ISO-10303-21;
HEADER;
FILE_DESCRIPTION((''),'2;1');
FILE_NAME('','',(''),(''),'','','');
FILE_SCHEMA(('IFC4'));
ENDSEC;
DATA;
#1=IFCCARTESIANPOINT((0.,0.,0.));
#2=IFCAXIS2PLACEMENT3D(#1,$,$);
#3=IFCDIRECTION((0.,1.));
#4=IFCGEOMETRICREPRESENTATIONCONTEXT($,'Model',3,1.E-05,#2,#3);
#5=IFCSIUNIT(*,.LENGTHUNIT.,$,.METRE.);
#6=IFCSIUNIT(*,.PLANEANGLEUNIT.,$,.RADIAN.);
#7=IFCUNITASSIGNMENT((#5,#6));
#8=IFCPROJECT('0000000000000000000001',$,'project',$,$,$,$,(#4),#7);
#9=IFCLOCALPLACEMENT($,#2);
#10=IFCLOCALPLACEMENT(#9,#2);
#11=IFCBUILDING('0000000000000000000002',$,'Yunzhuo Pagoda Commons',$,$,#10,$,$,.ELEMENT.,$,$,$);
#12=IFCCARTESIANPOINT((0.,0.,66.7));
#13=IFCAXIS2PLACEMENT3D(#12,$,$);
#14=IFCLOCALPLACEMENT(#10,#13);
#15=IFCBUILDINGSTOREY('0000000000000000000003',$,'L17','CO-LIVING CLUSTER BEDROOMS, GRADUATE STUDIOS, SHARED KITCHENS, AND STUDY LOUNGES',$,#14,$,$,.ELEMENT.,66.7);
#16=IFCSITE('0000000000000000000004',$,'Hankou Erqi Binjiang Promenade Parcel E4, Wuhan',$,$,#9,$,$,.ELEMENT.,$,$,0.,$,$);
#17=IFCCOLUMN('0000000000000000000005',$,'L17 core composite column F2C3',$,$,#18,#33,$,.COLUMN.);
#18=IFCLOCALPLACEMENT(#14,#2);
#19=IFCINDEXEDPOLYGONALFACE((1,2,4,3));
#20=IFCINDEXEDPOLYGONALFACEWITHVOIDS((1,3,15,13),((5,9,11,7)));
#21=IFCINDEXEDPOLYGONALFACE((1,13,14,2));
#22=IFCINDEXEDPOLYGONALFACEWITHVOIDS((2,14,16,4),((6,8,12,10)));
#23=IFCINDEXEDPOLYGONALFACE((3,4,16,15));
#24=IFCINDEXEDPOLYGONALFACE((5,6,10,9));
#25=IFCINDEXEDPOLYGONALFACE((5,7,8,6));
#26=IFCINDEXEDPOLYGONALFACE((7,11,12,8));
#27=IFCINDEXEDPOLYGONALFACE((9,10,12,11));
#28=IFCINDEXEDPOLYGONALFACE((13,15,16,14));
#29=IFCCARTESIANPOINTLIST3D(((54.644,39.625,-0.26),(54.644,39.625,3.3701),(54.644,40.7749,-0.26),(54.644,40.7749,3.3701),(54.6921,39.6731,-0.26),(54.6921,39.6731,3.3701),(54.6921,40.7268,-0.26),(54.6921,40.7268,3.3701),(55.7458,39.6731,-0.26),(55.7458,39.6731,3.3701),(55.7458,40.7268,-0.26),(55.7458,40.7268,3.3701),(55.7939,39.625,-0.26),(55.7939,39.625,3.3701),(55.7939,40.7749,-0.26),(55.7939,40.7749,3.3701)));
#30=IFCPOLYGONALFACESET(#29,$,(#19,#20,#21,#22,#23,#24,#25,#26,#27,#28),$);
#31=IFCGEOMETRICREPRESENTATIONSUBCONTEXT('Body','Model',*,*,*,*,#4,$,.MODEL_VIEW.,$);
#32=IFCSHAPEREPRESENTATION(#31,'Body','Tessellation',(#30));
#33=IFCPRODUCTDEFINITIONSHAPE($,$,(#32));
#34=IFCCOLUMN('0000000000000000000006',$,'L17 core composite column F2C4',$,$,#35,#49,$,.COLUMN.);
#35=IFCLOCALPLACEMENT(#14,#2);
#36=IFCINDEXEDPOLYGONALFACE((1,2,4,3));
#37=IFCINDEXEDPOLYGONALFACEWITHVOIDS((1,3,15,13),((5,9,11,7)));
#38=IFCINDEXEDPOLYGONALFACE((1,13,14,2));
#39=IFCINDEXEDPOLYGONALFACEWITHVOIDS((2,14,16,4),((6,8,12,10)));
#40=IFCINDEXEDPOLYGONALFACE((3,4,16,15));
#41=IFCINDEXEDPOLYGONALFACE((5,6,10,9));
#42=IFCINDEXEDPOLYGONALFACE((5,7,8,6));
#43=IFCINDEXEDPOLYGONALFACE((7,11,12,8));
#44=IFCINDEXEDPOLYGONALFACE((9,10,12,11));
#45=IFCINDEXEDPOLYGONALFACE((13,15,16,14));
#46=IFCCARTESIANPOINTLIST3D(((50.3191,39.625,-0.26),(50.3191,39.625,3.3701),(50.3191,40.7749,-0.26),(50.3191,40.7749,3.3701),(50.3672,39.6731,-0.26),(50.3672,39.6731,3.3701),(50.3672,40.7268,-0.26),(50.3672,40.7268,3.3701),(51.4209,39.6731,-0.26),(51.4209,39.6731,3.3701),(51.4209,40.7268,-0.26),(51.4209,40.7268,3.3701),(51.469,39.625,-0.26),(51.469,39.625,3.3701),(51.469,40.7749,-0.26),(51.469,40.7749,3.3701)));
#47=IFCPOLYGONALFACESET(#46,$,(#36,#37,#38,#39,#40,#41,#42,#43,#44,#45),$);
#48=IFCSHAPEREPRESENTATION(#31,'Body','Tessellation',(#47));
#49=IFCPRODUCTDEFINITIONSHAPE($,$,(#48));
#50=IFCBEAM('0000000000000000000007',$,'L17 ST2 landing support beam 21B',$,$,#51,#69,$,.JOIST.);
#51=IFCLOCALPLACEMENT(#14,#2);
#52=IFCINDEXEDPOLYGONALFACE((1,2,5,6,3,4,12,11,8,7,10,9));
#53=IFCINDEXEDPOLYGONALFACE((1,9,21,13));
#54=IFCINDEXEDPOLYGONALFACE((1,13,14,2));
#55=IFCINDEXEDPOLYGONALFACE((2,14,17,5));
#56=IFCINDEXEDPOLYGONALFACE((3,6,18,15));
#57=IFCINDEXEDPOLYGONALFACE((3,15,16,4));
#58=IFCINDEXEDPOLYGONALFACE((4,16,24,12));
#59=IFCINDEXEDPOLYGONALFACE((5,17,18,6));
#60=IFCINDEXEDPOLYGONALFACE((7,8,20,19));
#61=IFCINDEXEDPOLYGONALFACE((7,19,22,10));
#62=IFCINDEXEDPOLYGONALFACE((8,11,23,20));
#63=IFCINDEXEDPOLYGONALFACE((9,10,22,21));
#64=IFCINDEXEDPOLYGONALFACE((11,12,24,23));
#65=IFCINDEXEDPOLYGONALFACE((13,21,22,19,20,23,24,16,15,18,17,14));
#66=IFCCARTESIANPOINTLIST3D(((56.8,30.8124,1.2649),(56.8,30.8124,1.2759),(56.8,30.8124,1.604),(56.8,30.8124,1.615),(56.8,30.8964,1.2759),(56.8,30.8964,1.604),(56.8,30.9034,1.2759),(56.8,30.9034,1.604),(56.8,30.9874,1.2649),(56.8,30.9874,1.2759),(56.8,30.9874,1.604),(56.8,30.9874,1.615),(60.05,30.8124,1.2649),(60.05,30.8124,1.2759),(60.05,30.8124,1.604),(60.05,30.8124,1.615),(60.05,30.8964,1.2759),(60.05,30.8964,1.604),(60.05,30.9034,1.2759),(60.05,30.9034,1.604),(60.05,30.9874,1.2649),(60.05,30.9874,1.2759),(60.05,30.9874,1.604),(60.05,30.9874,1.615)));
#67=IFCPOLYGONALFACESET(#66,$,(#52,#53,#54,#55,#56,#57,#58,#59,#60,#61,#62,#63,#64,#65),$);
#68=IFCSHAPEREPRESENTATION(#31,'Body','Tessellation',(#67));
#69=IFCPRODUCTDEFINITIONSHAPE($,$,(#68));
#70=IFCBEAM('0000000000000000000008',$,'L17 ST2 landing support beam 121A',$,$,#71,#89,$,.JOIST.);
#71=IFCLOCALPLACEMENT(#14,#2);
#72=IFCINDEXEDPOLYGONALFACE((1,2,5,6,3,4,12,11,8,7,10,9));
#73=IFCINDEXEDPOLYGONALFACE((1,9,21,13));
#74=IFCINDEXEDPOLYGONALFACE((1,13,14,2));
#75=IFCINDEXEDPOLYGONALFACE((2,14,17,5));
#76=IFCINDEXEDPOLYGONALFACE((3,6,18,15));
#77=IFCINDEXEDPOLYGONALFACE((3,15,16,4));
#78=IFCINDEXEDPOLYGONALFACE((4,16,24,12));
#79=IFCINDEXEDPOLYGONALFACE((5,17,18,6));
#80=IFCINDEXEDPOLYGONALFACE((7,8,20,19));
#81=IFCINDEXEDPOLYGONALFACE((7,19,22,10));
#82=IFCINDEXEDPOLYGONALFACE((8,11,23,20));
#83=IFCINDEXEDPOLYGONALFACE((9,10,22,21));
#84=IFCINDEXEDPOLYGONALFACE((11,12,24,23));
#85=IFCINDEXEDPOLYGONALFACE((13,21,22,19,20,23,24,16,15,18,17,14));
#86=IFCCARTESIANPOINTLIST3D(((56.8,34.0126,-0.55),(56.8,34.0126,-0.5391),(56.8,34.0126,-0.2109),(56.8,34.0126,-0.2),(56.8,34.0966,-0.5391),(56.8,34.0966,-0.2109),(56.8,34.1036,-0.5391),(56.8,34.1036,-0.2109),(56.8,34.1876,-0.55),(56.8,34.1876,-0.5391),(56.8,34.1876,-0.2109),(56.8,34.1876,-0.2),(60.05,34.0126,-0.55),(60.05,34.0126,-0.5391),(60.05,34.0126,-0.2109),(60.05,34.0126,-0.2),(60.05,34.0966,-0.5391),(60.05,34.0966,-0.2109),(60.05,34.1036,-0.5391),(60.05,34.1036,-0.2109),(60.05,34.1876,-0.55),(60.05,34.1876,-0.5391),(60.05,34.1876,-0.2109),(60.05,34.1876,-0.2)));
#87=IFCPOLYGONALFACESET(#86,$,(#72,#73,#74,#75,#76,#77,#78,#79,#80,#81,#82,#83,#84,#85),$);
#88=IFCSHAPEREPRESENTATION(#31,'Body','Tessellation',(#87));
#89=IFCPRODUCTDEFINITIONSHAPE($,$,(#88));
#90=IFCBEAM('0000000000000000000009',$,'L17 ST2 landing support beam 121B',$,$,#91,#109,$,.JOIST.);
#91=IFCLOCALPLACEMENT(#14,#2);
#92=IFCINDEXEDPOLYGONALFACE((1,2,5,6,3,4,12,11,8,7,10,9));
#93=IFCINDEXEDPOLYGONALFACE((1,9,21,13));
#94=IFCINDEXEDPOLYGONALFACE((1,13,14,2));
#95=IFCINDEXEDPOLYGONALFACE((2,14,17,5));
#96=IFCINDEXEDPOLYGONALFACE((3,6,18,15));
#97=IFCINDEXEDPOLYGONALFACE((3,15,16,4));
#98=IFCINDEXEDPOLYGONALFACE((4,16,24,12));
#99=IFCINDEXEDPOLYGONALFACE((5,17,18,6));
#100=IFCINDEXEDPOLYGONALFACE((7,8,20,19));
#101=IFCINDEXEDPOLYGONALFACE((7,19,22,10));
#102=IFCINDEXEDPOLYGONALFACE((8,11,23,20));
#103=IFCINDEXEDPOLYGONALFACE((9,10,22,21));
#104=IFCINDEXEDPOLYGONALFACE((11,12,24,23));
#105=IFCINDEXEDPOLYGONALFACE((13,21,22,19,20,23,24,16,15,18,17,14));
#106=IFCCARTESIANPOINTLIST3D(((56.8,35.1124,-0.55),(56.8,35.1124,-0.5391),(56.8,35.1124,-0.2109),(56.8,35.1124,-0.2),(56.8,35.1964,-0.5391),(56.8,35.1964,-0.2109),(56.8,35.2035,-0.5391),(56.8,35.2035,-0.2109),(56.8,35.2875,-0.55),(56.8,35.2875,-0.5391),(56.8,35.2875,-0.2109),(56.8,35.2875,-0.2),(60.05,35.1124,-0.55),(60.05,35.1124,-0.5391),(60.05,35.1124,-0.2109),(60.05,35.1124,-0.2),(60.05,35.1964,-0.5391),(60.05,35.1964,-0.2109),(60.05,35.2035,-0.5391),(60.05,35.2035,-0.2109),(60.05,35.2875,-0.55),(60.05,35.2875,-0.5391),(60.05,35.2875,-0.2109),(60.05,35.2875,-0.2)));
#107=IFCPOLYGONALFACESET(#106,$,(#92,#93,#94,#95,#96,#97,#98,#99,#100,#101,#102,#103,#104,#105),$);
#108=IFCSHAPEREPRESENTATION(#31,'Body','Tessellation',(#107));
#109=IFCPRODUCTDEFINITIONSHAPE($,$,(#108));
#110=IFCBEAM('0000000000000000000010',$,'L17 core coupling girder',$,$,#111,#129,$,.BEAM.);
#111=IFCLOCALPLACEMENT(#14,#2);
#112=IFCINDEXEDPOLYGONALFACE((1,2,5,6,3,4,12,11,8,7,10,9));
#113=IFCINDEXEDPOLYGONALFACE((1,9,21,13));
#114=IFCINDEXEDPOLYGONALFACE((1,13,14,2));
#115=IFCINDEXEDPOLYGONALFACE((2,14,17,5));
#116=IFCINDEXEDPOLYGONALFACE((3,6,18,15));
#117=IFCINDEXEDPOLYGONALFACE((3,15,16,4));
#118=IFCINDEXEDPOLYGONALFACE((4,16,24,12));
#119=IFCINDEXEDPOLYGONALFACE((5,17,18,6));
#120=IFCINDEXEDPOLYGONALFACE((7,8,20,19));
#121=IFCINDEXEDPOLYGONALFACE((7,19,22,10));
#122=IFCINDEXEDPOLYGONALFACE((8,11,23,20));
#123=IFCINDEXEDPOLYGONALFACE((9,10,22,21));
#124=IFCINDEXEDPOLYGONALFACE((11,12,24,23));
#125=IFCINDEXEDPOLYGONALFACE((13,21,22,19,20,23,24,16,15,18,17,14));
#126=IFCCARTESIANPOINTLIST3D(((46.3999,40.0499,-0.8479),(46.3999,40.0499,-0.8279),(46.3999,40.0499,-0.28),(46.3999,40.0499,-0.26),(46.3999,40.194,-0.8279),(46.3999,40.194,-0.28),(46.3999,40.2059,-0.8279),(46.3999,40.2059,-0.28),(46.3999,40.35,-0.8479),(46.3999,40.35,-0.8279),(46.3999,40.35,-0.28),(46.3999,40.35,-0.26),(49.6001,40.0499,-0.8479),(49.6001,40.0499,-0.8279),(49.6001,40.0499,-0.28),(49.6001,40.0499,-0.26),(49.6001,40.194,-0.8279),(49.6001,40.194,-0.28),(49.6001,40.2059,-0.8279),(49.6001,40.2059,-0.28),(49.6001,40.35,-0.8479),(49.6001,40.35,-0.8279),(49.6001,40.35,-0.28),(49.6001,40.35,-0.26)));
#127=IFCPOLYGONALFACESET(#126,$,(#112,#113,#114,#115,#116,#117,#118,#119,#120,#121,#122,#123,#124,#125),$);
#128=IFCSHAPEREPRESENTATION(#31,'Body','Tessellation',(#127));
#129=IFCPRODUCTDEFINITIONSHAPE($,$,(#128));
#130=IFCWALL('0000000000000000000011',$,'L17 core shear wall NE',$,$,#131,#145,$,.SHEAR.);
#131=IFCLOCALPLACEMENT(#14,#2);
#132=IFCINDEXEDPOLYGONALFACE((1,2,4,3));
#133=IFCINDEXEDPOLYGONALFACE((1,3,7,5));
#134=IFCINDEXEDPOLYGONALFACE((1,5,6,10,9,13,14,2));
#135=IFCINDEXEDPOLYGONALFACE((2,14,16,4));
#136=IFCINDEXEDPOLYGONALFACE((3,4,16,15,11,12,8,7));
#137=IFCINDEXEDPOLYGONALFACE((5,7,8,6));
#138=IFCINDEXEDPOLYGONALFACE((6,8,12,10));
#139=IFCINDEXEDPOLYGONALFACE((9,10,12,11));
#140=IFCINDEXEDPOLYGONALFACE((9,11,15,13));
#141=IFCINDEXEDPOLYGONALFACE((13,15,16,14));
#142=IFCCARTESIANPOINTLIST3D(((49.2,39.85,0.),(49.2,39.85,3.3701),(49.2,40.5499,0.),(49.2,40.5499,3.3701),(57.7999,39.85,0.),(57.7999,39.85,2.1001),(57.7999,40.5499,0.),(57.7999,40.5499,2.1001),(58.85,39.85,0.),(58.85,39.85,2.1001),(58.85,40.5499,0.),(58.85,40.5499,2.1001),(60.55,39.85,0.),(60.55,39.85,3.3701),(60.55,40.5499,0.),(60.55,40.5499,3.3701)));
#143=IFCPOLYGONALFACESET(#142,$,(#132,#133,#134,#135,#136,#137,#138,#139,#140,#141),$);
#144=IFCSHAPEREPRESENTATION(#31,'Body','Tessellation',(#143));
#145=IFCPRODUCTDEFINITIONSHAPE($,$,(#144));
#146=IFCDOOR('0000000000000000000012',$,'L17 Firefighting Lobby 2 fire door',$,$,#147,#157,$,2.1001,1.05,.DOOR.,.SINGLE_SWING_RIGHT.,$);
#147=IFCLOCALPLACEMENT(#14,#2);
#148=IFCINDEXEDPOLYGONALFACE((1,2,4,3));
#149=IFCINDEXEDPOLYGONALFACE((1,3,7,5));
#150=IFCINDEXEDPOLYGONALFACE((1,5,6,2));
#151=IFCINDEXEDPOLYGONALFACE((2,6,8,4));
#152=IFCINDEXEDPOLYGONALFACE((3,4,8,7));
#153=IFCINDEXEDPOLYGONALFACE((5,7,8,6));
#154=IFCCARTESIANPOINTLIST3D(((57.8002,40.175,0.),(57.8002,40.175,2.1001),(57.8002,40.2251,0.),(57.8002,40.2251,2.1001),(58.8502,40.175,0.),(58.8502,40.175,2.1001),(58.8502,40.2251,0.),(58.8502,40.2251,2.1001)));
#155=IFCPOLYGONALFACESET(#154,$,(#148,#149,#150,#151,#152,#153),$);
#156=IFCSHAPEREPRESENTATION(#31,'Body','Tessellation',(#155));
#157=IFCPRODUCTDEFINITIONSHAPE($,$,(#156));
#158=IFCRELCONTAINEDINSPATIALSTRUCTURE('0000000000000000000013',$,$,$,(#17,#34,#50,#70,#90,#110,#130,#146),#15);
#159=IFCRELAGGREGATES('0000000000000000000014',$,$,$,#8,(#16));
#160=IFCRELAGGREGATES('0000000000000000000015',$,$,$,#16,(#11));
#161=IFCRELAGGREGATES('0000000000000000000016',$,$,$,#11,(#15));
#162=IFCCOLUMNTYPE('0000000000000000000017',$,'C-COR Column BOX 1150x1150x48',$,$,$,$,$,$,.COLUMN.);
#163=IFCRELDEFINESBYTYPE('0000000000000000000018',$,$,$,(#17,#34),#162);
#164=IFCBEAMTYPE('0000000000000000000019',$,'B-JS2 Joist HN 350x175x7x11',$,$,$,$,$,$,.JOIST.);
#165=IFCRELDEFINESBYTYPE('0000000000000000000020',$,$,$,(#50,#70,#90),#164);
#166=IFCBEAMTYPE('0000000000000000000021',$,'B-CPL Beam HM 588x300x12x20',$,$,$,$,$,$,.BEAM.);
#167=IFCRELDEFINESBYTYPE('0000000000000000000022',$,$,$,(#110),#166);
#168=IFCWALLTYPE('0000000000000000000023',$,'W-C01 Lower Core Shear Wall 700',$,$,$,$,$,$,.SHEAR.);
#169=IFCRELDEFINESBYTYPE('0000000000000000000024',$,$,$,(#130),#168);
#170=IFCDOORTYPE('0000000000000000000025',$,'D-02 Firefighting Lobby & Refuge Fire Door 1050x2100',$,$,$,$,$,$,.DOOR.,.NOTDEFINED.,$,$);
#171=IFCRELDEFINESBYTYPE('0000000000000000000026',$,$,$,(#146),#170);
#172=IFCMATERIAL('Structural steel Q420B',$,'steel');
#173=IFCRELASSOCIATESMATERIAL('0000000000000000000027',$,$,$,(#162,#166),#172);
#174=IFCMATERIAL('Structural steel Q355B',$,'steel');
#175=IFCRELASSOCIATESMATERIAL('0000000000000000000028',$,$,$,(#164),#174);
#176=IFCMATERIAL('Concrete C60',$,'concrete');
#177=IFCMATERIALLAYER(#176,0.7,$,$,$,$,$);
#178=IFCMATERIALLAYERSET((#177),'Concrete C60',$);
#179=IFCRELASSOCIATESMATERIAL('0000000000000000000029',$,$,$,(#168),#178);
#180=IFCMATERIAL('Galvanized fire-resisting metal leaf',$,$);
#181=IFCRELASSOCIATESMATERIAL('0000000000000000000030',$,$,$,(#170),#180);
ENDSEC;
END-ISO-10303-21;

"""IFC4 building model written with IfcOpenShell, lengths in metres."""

from ifc_helpers import new_model, si_unit, direction, frame, frame_2d, origin, origin_2d, place, context, subcontext, project, spatial, rectangle, hollow_rectangle, i_section, extrude, source, transform, mapped, material, layer, layer_set, material_profile, profile_set, type_object, element, fill, save


model = new_model("IFC4")

# Units and contexts
model_context = context("Model", 3, precision=1e-05, world=origin(), true_north=direction((0.0, 1.0)))
body_context = subcontext(model_context, "Body", "Model", "MODEL_VIEW")
ifc_project = project(units=[si_unit("LENGTHUNIT", "METRE"), si_unit("PLANEANGLEUNIT", "RADIAN")], contexts=[model_context])

# Site, building, storey
site_placement = place(None, origin())
site = spatial("IfcSite", under=ifc_project, at=site_placement, Name="Hankou Erqi Binjiang Promenade Parcel E4, Wuhan", CompositionType="ELEMENT", RefElevation=0.0)
building_placement = place(site_placement, origin())
building = spatial("IfcBuilding", under=site, at=building_placement, Name="Yunzhuo Pagoda Commons", CompositionType="ELEMENT")
storey_placement = place(building_placement, frame((0.0, 0.0, 66.7)))
storey = spatial("IfcBuildingStorey", under=building, at=storey_placement, Name="L17", Description="CO-LIVING CLUSTER BEDROOMS, GRADUATE STUDIOS, SHARED KITCHENS, AND STUDY LOUNGES", CompositionType="ELEMENT", Elevation=66.7)

# Columns
ifc_material_1 = material(Name="Structural steel Q420B", Category="steel")
ifc_material_profile_1 = material_profile(ifc_material_1, hollow_rectangle(XDim=1.1499, YDim=1.1499, WallThickness=0.0481, at=origin_2d()), Name="Structural steel Q420B")
ifc_profile_set_1 = profile_set([ifc_material_profile_1], Name="Structural steel Q420B")
column_type = type_object("IfcColumnType", Name="C-COR Column BOX 1150x1150x48", PredefinedType="COLUMN", material=ifc_profile_set_1)
shared_shape_1 = source(origin(), body_context, "Body", "SweptSolid", [
    extrude(hollow_rectangle(XDim=1.1499, YDim=1.1499, WallThickness=0.0481, at=origin_2d()), origin(), (0.0, 0.0, 1.0), 3.6301),
])
for number, where, z_axis, x_axis, name in (
    (1, (55.219, 40.2, -0.26), (0.0, 0.0, 1.0), (1.0, 0.0, 0.0), "L17 core composite column F2C3"),
    (2, (50.894, 40.2, -0.26), (0.0, 0.0, 1.0), (1.0, 0.0, 0.0), "L17 core composite column F2C4"),
):
    element("IfcColumn", number, at=place(storey_placement, frame(where, z_axis=z_axis, x_axis=x_axis)), inside=storey, type_object=column_type, Name=name, PredefinedType="COLUMN", context=body_context, shape_type="MappedRepresentation", body=[
        mapped(shared_shape_1, transform((0.0, 0.0, 0.0), scale=1.0)),
    ])

# Beams
ifc_material_2 = material(Name="Structural steel Q355B", Category="steel")
ifc_material_profile_2 = material_profile(ifc_material_2, i_section(OverallWidth=0.175, OverallDepth=0.3501, WebThickness=0.0071, FlangeThickness=0.011, at=origin_2d()), Name="Structural steel Q355B")
ifc_profile_set_2 = profile_set([ifc_material_profile_2], Name="Structural steel Q355B")
beam_type_1 = type_object("IfcBeamType", Name="B-JS2 Joist HN 350x175x7x11", PredefinedType="JOIST", material=ifc_profile_set_2)
shared_shape_2 = source(origin(), body_context, "Body", "SweptSolid", [
    extrude(i_section(OverallWidth=0.175, OverallDepth=0.3501, WebThickness=0.0071, FlangeThickness=0.011, at=origin_2d()), origin(), (0.0, 0.0, 1.0), 3.25),
])
for number, where, z_axis, x_axis, name in (
    (3, (56.8, 30.8999, 1.4399), (1.0, 0.0, 0.0), (0.0, 1.0, 0.0), "L17 ST2 landing support beam 21B"),
    (4, (56.8, 34.1001, -0.375), (1.0, 0.0, 0.0), (0.0, 1.0, 0.0), "L17 ST2 landing support beam 121A"),
    (5, (56.8, 35.2, -0.375), (1.0, 0.0, 0.0), (0.0, 1.0, 0.0), "L17 ST2 landing support beam 121B"),
):
    element("IfcBeam", number, at=place(storey_placement, frame(where, z_axis=z_axis, x_axis=x_axis)), inside=storey, type_object=beam_type_1, Name=name, PredefinedType="JOIST", context=body_context, shape_type="MappedRepresentation", body=[
        mapped(shared_shape_2, transform((0.0, 0.0, 0.0), scale=1.0)),
    ])
ifc_material_profile_3 = material_profile(ifc_material_1, i_section(OverallWidth=0.3, OverallDepth=0.5879, WebThickness=0.012, FlangeThickness=0.02, at=origin_2d()), Name="Structural steel Q420B")
ifc_profile_set_3 = profile_set([ifc_material_profile_3], Name="Structural steel Q420B")
beam_type_2 = type_object("IfcBeamType", Name="B-CPL Beam HM 588x300x12x20", PredefinedType="BEAM", material=ifc_profile_set_3)
shared_shape_3 = source(origin(), body_context, "Body", "SweptSolid", [
    extrude(i_section(OverallWidth=0.3, OverallDepth=0.5879, WebThickness=0.012, FlangeThickness=0.02, at=origin_2d()), origin(), (0.0, 0.0, 1.0), 3.2002),
])
beam_placement = place(storey_placement, frame((46.3999, 40.2, -0.554), z_axis=(1.0, 0.0, 0.0), x_axis=(0.0, 1.0, 0.0)))
element("IfcBeam", 6, at=beam_placement, inside=storey, type_object=beam_type_2, Name="L17 core coupling girder", PredefinedType="BEAM", context=body_context, shape_type="MappedRepresentation", body=[
    mapped(shared_shape_3, transform((0.0, 0.0, 0.0), scale=1.0)),
])

# Wall, opening, door
ifc_material_3 = material(Name="Concrete C60", Category="concrete")
ifc_layer_1 = layer(ifc_material_3, 0.7)
ifc_layer_set_1 = layer_set([ifc_layer_1], Name="Concrete C60")
wall_type_1 = type_object("IfcWallType", Name="W-C01 Lower Core Shear Wall 700", PredefinedType="SHEAR", material=ifc_layer_set_1)
wall_1_placement = place(storey_placement, frame((49.2, 40.2, 0.0), z_axis=(0.0, 0.0, 1.0), x_axis=(1.0, 0.0, 0.0)))
wall_1 = element("IfcWall", 7, at=wall_1_placement, inside=storey, type_object=wall_type_1, Name="L17 core shear wall NE", PredefinedType="SHEAR", context=body_context, shape_type="SweptSolid", body=[
    extrude(rectangle(XDim=11.3501, YDim=0.7, at=frame_2d((5.675, 0.0))), origin(), (0.0, 0.0, 1.0), 3.3701),
])
opening_1_placement = place(wall_1_placement, frame((8.6001, 0.0, 0.0)))
opening_1 = element("IfcOpeningElement", 8, at=opening_1_placement, cuts=wall_1, PredefinedType="OPENING", context=body_context, shape_type="SweptSolid", body=[
    extrude(rectangle(XDim=1.05, YDim=2.1001, at=frame_2d((0.5249, 1.05))), frame((0.0, 0.3599, 0.0), z_axis=(0.0, -1.0, 0.0), x_axis=(1.0, 0.0, 0.0)), (0.0, 0.0, 1.0), 0.72),
])
ifc_material_4 = material(Name="Galvanized fire-resisting metal leaf")
door_type_1 = type_object("IfcDoorType", Name="D-02 Firefighting Lobby & Refuge Fire Door 1050x2100", OperationType="NOTDEFINED", PredefinedType="DOOR", material=ifc_material_4)
shared_shape_4 = source(origin(), body_context, "Body", "SweptSolid", [
    extrude(rectangle(XDim=1.05, YDim=2.1001, at=frame_2d((0.5249, 1.05))), frame((0.0, 0.0249, 0.0), z_axis=(0.0, -1.0, 0.0), x_axis=(1.0, 0.0, 0.0)), (0.0, 0.0, 1.0), 0.05),
])
door_1_placement = place(opening_1_placement, frame((1.05, 0.0, 0.0), z_axis=(0.0, 0.0, 1.0), x_axis=(-1.0, 0.0, 0.0)))
door_1 = element("IfcDoor", 9, at=door_1_placement, inside=storey, type_object=door_type_1, Name="L17 Firefighting Lobby 2 fire door", OperationType="SINGLE_SWING_RIGHT", OverallHeight=2.1001, OverallWidth=1.05, PredefinedType="DOOR", context=body_context, shape_type="MappedRepresentation", body=[
    mapped(shared_shape_4, transform((0.0, 0.0, 0.0), scale=1.0)),
])
fill(opening_1, door_1)

save(model, "model.ifc")
